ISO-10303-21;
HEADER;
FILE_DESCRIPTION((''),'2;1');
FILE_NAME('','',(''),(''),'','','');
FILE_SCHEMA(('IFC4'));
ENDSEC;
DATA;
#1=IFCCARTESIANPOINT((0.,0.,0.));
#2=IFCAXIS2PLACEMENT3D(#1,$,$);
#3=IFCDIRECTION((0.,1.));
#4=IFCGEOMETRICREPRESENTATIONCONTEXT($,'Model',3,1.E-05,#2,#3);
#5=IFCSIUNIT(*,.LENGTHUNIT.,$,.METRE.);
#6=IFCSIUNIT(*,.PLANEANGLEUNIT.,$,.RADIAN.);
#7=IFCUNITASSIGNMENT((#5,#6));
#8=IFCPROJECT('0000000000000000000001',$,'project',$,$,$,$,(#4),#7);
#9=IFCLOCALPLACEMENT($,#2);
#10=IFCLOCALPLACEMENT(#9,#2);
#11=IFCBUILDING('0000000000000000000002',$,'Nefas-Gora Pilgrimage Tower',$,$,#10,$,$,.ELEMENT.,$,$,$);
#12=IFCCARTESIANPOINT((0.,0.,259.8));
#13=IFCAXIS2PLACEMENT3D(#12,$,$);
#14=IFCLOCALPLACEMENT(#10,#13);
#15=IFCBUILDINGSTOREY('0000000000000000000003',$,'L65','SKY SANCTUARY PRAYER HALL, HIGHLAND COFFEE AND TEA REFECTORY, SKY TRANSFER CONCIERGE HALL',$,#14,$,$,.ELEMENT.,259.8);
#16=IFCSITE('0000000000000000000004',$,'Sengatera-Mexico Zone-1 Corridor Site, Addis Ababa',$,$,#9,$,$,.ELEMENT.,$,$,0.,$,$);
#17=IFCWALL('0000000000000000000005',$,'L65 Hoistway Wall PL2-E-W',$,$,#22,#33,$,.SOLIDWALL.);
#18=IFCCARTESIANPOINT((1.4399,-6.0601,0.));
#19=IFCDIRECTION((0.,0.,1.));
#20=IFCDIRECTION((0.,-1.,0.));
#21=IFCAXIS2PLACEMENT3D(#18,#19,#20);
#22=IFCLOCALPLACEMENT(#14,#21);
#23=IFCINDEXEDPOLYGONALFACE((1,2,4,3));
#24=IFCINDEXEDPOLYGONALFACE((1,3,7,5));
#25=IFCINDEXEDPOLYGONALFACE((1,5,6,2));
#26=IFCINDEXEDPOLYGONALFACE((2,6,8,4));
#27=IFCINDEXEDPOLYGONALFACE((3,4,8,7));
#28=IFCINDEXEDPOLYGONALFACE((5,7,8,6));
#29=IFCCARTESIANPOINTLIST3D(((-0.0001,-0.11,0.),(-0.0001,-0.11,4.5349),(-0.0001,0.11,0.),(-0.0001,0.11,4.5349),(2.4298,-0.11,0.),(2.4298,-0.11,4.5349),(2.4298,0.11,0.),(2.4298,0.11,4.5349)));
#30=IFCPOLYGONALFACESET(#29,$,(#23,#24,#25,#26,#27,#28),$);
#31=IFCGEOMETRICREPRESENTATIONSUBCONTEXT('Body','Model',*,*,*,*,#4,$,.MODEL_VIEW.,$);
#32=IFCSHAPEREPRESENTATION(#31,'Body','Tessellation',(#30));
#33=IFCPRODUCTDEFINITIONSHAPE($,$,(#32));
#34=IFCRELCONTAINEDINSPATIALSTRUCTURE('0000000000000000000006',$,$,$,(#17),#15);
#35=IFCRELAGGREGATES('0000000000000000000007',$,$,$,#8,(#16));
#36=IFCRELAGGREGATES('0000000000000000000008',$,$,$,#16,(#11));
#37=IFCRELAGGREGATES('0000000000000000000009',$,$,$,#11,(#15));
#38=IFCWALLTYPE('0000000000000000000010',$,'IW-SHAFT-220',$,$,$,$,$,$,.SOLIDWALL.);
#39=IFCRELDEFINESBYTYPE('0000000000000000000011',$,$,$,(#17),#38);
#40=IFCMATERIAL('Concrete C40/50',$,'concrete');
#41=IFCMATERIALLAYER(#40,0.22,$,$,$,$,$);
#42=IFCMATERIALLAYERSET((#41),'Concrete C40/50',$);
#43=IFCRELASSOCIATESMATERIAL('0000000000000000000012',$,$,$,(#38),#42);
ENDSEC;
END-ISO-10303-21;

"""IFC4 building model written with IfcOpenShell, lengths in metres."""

from ifc_helpers import new_model, si_unit, direction, frame, frame_2d, origin, place, context, subcontext, project, spatial, rectangle, extrude, source, transform, mapped, material, layer, layer_set, type_object, element, save


model = new_model("IFC4")

# Units and contexts
model_context = context("Model", 3, precision=1e-05, world=origin(), true_north=direction((0.0, 1.0)))
body_context = subcontext(model_context, "Body", "Model", "MODEL_VIEW")
ifc_project = project(units=[si_unit("LENGTHUNIT", "METRE"), si_unit("PLANEANGLEUNIT", "RADIAN")], contexts=[model_context])

# Site, building, storey
site_placement = place(None, origin())
site = spatial("IfcSite", under=ifc_project, at=site_placement, Name="Sengatera-Mexico Zone-1 Corridor Site, Addis Ababa", CompositionType="ELEMENT", RefElevation=0.0)
building_placement = place(site_placement, origin())
building = spatial("IfcBuilding", under=site, at=building_placement, Name="Nefas-Gora Pilgrimage Tower", CompositionType="ELEMENT")
storey_placement = place(building_placement, frame((0.0, 0.0, 259.8)))
storey = spatial("IfcBuildingStorey", under=building, at=storey_placement, Name="L65", Description="SKY SANCTUARY PRAYER HALL, HIGHLAND COFFEE AND TEA REFECTORY, SKY TRANSFER CONCIERGE HALL", CompositionType="ELEMENT", Elevation=259.8)

# Shared definitions
ifc_material_1 = material(Name="Concrete C40/50", Category="concrete")

# Shared definitions
ifc_layer_1 = layer(ifc_material_1, 0.22)
ifc_layer_set_1 = layer_set([ifc_layer_1], Name="Concrete C40/50")
wall_type_1 = type_object("IfcWallType", Name="IW-SHAFT-220", PredefinedType="SOLIDWALL", material=ifc_layer_set_1)

# Wall
shared_shape_1 = source(origin(), body_context, "Body", "SweptSolid", [
    extrude(rectangle(XDim=2.4299, YDim=0.22, at=frame_2d((1.2148, 0.0))), origin(), (0.0, 0.0, 1.0), 4.5349),
])
for number, where, z_axis, x_axis, name in (
    (1, (1.4399, -6.0601, 0.0), (0.0, 0.0, 1.0), (0.0, -1.0, 0.0), "L65 Hoistway Wall PL2-E-W"),
):
    element("IfcWall", number, at=place(storey_placement, frame(where, z_axis=z_axis, x_axis=x_axis)), inside=storey, type_object=wall_type_1, Name=name, PredefinedType="SOLIDWALL", context=body_context, shape_type="MappedRepresentation", body=[
        mapped(shared_shape_1, transform((0.0, 0.0, 0.0), x_axis=(1.0, 0.0, 0.0), y_axis=(0.0, 1.0, 0.0), z_axis=(0.0, 0.0, 1.0), scale=1.0)),
    ])

save(model, "model.ifc")
